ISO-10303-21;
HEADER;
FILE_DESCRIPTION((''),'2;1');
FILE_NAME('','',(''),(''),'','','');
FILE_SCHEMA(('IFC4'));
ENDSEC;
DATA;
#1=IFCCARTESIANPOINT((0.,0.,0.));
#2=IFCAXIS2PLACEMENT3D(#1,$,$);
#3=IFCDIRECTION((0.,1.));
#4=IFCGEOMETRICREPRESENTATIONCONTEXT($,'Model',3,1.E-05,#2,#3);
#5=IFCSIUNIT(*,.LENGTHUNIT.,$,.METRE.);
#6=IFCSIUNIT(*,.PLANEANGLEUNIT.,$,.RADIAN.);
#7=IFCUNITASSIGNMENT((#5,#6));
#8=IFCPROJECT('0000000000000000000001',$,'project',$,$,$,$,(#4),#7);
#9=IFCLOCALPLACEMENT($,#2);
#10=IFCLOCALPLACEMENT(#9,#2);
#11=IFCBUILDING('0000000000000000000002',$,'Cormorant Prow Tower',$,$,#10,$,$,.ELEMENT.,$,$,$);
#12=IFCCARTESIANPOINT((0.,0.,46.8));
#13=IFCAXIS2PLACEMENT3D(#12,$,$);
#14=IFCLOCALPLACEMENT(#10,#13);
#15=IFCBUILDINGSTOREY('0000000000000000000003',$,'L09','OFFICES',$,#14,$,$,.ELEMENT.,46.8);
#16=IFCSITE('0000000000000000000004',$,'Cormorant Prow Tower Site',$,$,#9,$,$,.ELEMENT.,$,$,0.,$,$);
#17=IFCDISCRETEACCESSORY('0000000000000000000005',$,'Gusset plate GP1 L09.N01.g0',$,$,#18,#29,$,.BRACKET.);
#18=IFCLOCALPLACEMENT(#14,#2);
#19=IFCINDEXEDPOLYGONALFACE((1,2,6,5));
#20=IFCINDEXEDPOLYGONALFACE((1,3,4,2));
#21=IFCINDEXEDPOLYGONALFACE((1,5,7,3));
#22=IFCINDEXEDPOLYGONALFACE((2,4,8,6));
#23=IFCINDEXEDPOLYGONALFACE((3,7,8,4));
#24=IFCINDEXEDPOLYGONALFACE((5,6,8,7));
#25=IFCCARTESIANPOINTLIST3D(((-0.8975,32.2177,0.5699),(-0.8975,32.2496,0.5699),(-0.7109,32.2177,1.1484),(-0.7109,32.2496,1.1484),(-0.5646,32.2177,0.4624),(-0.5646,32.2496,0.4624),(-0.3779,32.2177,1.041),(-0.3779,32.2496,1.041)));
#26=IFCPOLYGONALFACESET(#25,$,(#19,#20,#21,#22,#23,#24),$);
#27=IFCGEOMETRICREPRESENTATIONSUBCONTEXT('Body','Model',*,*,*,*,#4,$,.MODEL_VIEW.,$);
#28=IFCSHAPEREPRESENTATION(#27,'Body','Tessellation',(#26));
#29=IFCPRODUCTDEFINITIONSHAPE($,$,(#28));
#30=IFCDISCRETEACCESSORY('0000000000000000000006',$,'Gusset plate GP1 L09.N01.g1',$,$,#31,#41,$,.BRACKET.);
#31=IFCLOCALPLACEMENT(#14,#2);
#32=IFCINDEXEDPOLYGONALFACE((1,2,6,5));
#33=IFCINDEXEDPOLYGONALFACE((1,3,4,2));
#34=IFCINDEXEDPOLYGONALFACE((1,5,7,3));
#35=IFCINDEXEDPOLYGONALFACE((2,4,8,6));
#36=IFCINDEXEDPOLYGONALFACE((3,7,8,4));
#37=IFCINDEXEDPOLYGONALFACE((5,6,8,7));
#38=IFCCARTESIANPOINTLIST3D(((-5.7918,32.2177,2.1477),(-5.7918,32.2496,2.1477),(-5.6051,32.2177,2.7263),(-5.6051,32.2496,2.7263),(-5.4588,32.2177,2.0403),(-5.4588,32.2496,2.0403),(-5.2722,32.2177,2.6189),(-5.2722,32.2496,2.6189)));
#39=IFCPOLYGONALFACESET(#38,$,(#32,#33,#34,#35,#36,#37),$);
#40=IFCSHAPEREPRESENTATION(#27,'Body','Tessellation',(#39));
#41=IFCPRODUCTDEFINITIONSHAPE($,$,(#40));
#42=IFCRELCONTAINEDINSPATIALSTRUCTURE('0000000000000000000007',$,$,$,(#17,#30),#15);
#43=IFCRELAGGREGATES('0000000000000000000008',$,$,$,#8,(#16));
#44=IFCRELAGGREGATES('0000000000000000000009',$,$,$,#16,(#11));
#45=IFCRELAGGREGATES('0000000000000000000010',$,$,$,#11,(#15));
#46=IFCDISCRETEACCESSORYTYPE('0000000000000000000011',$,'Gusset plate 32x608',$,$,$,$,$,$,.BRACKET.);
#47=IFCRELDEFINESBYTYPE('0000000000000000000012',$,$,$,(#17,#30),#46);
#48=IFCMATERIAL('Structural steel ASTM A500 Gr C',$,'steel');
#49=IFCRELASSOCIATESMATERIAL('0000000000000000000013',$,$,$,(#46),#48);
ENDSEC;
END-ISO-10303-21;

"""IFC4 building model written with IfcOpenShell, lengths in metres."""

from ifc_helpers import new_model, si_unit, direction, frame, origin, origin_2d, place, context, subcontext, project, spatial, rectangle, extrude, material, material_profile, profile_set, type_object, element, save


model = new_model("IFC4")

# Units and contexts
model_context = context("Model", 3, precision=1e-05, world=origin(), true_north=direction((0.0, 1.0)))
body_context = subcontext(model_context, "Body", "Model", "MODEL_VIEW")
ifc_project = project(units=[si_unit("LENGTHUNIT", "METRE"), si_unit("PLANEANGLEUNIT", "RADIAN")], contexts=[model_context])

# Site, building, storey
site_placement = place(None, origin())
site = spatial("IfcSite", under=ifc_project, at=site_placement, Name="Cormorant Prow Tower Site", CompositionType="ELEMENT", RefElevation=0.0)
building_placement = place(site_placement, origin())
building = spatial("IfcBuilding", under=site, at=building_placement, Name="Cormorant Prow Tower", CompositionType="ELEMENT")
storey_placement = place(building_placement, frame((0.0, 0.0, 46.8)))
storey = spatial("IfcBuildingStorey", under=building, at=storey_placement, Name="L09", Description="OFFICES", CompositionType="ELEMENT", Elevation=46.8)

# Discrete accessories
ifc_material_1 = material(Name="Structural steel ASTM A500 Gr C", Category="steel")
ifc_material_profile_1 = material_profile(ifc_material_1, rectangle(XDim=0.032, YDim=0.6079, at=origin_2d()), Name="Gusset plate 32x608")
ifc_profile_set_1 = profile_set([ifc_material_profile_1], Name="Structural steel ASTM A500 Gr C")
discrete_accessory_type = type_object("IfcDiscreteAccessoryType", Name="Gusset plate 32x608", PredefinedType="BRACKET", material=ifc_profile_set_1)
for number, where, z_axis, x_axis, name in (
    (1, (-0.8042, 32.2336, 0.8591), (0.951709, 0.0, -0.307003), (0.0, 1.0, 0.0), "Gusset plate GP1 L09.N01.g0"),
    (2, (-5.3655, 32.2336, 2.3296), (-0.951709, 0.0, 0.307003), (0.0, -1.0, 0.0), "Gusset plate GP1 L09.N01.g1"),
):
    element("IfcDiscreteAccessory", number, at=place(storey_placement, frame(where, z_axis=z_axis, x_axis=x_axis)), inside=storey, type_object=discrete_accessory_type, Name=name, PredefinedType="BRACKET", context=body_context, shape_type="SweptSolid", body=[
        extrude(rectangle(XDim=0.032, YDim=0.6079, at=origin_2d()), origin(), (0.0, 0.0, 1.0), 0.3499),
    ])

save(model, "model.ifc")
